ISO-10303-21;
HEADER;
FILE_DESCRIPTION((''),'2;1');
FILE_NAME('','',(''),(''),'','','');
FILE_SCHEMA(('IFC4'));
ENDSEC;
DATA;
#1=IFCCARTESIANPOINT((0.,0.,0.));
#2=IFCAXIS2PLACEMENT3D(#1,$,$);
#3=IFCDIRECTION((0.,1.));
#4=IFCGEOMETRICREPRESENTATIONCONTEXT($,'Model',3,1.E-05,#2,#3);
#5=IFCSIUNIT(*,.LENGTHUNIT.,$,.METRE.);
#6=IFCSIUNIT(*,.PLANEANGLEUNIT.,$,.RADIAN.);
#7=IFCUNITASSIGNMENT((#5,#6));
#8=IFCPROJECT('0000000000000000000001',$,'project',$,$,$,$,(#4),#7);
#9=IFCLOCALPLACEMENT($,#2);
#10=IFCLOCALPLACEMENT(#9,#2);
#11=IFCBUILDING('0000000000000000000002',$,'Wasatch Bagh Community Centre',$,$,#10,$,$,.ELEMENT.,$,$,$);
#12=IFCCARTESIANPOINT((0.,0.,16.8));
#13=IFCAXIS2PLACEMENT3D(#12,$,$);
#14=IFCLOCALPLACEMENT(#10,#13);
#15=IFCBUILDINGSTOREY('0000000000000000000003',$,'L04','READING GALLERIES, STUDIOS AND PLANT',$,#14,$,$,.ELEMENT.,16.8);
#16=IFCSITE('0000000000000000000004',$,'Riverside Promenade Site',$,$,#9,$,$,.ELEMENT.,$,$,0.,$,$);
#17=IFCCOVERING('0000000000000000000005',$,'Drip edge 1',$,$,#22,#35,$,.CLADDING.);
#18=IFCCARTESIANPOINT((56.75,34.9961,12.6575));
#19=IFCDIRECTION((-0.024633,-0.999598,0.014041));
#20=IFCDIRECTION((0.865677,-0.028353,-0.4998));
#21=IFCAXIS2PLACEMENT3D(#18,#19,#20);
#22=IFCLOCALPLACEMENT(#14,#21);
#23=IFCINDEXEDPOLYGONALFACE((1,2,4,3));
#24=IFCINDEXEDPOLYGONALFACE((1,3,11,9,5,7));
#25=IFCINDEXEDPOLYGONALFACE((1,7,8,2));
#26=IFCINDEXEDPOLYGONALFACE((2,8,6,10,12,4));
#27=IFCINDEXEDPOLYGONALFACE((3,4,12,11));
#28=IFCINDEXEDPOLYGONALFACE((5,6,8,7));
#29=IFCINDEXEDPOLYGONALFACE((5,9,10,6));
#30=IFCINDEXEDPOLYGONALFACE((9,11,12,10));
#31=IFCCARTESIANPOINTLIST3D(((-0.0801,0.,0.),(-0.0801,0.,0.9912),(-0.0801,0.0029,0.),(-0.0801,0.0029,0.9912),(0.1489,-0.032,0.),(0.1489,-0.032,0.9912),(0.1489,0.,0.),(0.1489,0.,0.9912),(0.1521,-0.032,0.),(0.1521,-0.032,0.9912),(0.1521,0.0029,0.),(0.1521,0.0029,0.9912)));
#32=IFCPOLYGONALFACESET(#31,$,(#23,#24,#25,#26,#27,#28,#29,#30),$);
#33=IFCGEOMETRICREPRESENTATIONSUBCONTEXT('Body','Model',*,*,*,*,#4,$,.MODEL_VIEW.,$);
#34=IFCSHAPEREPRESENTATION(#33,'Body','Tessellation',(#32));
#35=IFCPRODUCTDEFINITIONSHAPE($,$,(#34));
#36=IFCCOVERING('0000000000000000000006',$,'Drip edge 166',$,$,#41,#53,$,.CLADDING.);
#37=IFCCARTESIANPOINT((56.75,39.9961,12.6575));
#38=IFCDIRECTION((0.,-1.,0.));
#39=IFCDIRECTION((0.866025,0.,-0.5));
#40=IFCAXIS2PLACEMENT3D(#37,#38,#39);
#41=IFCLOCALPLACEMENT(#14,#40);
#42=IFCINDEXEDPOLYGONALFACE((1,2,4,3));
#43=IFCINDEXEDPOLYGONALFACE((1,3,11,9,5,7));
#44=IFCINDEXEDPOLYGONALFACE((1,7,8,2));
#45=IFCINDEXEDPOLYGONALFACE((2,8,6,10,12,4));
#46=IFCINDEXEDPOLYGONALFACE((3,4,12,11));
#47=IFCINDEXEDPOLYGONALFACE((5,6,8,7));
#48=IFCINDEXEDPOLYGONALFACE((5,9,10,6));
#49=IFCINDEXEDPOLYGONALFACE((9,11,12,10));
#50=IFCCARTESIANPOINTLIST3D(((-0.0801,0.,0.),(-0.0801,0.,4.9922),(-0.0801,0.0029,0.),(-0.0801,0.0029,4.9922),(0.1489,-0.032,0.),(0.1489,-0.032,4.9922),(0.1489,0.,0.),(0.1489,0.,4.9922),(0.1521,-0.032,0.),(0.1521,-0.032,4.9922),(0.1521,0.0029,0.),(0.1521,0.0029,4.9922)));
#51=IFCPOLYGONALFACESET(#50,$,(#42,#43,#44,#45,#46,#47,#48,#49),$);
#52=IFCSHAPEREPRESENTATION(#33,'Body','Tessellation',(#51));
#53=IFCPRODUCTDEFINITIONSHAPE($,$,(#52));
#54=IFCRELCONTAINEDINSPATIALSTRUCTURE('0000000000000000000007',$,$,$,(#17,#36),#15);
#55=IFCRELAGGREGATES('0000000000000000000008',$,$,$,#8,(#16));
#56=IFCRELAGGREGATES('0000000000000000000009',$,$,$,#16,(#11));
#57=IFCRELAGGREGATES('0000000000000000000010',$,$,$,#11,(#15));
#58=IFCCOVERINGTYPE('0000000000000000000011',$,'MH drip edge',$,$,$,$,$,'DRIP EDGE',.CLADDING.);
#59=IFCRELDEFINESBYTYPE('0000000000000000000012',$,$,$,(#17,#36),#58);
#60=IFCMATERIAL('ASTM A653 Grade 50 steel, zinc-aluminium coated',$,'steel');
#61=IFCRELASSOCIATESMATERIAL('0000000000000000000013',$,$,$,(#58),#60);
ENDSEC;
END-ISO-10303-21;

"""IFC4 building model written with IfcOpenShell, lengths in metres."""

from ifc_helpers import new_model, si_unit, direction, frame, origin, place, context, subcontext, project, spatial, polyline, outline, extrude, material, material_profile, profile_set, type_object, element, save


model = new_model("IFC4")

# Units and contexts
model_context = context("Model", 3, precision=1e-05, world=origin(), true_north=direction((0.0, 1.0)))
body_context = subcontext(model_context, "Body", "Model", "MODEL_VIEW")
ifc_project = project(units=[si_unit("LENGTHUNIT", "METRE"), si_unit("PLANEANGLEUNIT", "RADIAN")], contexts=[model_context])

# Site, building, storey
site_placement = place(None, origin())
site = spatial("IfcSite", under=ifc_project, at=site_placement, Name="Riverside Promenade Site", CompositionType="ELEMENT", RefElevation=0.0)
building_placement = place(site_placement, origin())
building = spatial("IfcBuilding", under=site, at=building_placement, Name="Wasatch Bagh Community Centre", CompositionType="ELEMENT")
storey_placement = place(building_placement, frame((0.0, 0.0, 16.8)))
storey = spatial("IfcBuildingStorey", under=building, at=storey_placement, Name="L04", Description="READING GALLERIES, STUDIOS AND PLANT", CompositionType="ELEMENT", Elevation=16.8)

# Coverings
ifc_material_1 = material(Name="ASTM A653 Grade 50 steel, zinc-aluminium coated", Category="steel")
ifc_material_profile_1 = material_profile(ifc_material_1, outline(polyline([(-0.0801, 0.0029), (0.1521, 0.0029), (0.1521, -0.032), (0.1489, -0.032), (0.1489, 0.0), (-0.0801, 0.0), (-0.0801, 0.0029)])), Name="DRIP EDGE")
ifc_profile_set_1 = profile_set([ifc_material_profile_1], Name="ASTM A653 Grade 50 steel, zinc-aluminium coated")
covering_type_1 = type_object("IfcCoveringType", Name="MH drip edge", ElementType="DRIP EDGE", PredefinedType="CLADDING", material=ifc_profile_set_1)
covering_1_placement = place(storey_placement, frame((56.75, 34.9961, 12.6575), z_axis=(-0.024633, -0.999598, 0.014041), x_axis=(0.865677, -0.028353, -0.4998)))
element("IfcCovering", 1, at=covering_1_placement, inside=storey, type_object=covering_type_1, Name="Drip edge 1", PredefinedType="CLADDING", context=body_context, shape_type="SweptSolid", body=[
    extrude(outline(polyline([(-0.0801, 0.0029), (0.1521, 0.0029), (0.1521, -0.032), (0.1489, -0.032), (0.1489, 0.0), (-0.0801, 0.0), (-0.0801, 0.0029)])), origin(), (0.0, 0.0, 1.0), 0.9912),
])
covering_2_placement = place(storey_placement, frame((56.75, 39.9961, 12.6575), z_axis=(0.0, -1.0, 0.0), x_axis=(0.866025, 0.0, -0.5)))
element("IfcCovering", 2, at=covering_2_placement, inside=storey, type_object=covering_type_1, Name="Drip edge 166", PredefinedType="CLADDING", context=body_context, shape_type="SweptSolid", body=[
    extrude(outline(polyline([(-0.0801, 0.0029), (0.1521, 0.0029), (0.1521, -0.032), (0.1489, -0.032), (0.1489, 0.0), (-0.0801, 0.0), (-0.0801, 0.0029)])), origin(), (0.0, 0.0, 1.0), 4.9922),
])

save(model, "model.ifc")
